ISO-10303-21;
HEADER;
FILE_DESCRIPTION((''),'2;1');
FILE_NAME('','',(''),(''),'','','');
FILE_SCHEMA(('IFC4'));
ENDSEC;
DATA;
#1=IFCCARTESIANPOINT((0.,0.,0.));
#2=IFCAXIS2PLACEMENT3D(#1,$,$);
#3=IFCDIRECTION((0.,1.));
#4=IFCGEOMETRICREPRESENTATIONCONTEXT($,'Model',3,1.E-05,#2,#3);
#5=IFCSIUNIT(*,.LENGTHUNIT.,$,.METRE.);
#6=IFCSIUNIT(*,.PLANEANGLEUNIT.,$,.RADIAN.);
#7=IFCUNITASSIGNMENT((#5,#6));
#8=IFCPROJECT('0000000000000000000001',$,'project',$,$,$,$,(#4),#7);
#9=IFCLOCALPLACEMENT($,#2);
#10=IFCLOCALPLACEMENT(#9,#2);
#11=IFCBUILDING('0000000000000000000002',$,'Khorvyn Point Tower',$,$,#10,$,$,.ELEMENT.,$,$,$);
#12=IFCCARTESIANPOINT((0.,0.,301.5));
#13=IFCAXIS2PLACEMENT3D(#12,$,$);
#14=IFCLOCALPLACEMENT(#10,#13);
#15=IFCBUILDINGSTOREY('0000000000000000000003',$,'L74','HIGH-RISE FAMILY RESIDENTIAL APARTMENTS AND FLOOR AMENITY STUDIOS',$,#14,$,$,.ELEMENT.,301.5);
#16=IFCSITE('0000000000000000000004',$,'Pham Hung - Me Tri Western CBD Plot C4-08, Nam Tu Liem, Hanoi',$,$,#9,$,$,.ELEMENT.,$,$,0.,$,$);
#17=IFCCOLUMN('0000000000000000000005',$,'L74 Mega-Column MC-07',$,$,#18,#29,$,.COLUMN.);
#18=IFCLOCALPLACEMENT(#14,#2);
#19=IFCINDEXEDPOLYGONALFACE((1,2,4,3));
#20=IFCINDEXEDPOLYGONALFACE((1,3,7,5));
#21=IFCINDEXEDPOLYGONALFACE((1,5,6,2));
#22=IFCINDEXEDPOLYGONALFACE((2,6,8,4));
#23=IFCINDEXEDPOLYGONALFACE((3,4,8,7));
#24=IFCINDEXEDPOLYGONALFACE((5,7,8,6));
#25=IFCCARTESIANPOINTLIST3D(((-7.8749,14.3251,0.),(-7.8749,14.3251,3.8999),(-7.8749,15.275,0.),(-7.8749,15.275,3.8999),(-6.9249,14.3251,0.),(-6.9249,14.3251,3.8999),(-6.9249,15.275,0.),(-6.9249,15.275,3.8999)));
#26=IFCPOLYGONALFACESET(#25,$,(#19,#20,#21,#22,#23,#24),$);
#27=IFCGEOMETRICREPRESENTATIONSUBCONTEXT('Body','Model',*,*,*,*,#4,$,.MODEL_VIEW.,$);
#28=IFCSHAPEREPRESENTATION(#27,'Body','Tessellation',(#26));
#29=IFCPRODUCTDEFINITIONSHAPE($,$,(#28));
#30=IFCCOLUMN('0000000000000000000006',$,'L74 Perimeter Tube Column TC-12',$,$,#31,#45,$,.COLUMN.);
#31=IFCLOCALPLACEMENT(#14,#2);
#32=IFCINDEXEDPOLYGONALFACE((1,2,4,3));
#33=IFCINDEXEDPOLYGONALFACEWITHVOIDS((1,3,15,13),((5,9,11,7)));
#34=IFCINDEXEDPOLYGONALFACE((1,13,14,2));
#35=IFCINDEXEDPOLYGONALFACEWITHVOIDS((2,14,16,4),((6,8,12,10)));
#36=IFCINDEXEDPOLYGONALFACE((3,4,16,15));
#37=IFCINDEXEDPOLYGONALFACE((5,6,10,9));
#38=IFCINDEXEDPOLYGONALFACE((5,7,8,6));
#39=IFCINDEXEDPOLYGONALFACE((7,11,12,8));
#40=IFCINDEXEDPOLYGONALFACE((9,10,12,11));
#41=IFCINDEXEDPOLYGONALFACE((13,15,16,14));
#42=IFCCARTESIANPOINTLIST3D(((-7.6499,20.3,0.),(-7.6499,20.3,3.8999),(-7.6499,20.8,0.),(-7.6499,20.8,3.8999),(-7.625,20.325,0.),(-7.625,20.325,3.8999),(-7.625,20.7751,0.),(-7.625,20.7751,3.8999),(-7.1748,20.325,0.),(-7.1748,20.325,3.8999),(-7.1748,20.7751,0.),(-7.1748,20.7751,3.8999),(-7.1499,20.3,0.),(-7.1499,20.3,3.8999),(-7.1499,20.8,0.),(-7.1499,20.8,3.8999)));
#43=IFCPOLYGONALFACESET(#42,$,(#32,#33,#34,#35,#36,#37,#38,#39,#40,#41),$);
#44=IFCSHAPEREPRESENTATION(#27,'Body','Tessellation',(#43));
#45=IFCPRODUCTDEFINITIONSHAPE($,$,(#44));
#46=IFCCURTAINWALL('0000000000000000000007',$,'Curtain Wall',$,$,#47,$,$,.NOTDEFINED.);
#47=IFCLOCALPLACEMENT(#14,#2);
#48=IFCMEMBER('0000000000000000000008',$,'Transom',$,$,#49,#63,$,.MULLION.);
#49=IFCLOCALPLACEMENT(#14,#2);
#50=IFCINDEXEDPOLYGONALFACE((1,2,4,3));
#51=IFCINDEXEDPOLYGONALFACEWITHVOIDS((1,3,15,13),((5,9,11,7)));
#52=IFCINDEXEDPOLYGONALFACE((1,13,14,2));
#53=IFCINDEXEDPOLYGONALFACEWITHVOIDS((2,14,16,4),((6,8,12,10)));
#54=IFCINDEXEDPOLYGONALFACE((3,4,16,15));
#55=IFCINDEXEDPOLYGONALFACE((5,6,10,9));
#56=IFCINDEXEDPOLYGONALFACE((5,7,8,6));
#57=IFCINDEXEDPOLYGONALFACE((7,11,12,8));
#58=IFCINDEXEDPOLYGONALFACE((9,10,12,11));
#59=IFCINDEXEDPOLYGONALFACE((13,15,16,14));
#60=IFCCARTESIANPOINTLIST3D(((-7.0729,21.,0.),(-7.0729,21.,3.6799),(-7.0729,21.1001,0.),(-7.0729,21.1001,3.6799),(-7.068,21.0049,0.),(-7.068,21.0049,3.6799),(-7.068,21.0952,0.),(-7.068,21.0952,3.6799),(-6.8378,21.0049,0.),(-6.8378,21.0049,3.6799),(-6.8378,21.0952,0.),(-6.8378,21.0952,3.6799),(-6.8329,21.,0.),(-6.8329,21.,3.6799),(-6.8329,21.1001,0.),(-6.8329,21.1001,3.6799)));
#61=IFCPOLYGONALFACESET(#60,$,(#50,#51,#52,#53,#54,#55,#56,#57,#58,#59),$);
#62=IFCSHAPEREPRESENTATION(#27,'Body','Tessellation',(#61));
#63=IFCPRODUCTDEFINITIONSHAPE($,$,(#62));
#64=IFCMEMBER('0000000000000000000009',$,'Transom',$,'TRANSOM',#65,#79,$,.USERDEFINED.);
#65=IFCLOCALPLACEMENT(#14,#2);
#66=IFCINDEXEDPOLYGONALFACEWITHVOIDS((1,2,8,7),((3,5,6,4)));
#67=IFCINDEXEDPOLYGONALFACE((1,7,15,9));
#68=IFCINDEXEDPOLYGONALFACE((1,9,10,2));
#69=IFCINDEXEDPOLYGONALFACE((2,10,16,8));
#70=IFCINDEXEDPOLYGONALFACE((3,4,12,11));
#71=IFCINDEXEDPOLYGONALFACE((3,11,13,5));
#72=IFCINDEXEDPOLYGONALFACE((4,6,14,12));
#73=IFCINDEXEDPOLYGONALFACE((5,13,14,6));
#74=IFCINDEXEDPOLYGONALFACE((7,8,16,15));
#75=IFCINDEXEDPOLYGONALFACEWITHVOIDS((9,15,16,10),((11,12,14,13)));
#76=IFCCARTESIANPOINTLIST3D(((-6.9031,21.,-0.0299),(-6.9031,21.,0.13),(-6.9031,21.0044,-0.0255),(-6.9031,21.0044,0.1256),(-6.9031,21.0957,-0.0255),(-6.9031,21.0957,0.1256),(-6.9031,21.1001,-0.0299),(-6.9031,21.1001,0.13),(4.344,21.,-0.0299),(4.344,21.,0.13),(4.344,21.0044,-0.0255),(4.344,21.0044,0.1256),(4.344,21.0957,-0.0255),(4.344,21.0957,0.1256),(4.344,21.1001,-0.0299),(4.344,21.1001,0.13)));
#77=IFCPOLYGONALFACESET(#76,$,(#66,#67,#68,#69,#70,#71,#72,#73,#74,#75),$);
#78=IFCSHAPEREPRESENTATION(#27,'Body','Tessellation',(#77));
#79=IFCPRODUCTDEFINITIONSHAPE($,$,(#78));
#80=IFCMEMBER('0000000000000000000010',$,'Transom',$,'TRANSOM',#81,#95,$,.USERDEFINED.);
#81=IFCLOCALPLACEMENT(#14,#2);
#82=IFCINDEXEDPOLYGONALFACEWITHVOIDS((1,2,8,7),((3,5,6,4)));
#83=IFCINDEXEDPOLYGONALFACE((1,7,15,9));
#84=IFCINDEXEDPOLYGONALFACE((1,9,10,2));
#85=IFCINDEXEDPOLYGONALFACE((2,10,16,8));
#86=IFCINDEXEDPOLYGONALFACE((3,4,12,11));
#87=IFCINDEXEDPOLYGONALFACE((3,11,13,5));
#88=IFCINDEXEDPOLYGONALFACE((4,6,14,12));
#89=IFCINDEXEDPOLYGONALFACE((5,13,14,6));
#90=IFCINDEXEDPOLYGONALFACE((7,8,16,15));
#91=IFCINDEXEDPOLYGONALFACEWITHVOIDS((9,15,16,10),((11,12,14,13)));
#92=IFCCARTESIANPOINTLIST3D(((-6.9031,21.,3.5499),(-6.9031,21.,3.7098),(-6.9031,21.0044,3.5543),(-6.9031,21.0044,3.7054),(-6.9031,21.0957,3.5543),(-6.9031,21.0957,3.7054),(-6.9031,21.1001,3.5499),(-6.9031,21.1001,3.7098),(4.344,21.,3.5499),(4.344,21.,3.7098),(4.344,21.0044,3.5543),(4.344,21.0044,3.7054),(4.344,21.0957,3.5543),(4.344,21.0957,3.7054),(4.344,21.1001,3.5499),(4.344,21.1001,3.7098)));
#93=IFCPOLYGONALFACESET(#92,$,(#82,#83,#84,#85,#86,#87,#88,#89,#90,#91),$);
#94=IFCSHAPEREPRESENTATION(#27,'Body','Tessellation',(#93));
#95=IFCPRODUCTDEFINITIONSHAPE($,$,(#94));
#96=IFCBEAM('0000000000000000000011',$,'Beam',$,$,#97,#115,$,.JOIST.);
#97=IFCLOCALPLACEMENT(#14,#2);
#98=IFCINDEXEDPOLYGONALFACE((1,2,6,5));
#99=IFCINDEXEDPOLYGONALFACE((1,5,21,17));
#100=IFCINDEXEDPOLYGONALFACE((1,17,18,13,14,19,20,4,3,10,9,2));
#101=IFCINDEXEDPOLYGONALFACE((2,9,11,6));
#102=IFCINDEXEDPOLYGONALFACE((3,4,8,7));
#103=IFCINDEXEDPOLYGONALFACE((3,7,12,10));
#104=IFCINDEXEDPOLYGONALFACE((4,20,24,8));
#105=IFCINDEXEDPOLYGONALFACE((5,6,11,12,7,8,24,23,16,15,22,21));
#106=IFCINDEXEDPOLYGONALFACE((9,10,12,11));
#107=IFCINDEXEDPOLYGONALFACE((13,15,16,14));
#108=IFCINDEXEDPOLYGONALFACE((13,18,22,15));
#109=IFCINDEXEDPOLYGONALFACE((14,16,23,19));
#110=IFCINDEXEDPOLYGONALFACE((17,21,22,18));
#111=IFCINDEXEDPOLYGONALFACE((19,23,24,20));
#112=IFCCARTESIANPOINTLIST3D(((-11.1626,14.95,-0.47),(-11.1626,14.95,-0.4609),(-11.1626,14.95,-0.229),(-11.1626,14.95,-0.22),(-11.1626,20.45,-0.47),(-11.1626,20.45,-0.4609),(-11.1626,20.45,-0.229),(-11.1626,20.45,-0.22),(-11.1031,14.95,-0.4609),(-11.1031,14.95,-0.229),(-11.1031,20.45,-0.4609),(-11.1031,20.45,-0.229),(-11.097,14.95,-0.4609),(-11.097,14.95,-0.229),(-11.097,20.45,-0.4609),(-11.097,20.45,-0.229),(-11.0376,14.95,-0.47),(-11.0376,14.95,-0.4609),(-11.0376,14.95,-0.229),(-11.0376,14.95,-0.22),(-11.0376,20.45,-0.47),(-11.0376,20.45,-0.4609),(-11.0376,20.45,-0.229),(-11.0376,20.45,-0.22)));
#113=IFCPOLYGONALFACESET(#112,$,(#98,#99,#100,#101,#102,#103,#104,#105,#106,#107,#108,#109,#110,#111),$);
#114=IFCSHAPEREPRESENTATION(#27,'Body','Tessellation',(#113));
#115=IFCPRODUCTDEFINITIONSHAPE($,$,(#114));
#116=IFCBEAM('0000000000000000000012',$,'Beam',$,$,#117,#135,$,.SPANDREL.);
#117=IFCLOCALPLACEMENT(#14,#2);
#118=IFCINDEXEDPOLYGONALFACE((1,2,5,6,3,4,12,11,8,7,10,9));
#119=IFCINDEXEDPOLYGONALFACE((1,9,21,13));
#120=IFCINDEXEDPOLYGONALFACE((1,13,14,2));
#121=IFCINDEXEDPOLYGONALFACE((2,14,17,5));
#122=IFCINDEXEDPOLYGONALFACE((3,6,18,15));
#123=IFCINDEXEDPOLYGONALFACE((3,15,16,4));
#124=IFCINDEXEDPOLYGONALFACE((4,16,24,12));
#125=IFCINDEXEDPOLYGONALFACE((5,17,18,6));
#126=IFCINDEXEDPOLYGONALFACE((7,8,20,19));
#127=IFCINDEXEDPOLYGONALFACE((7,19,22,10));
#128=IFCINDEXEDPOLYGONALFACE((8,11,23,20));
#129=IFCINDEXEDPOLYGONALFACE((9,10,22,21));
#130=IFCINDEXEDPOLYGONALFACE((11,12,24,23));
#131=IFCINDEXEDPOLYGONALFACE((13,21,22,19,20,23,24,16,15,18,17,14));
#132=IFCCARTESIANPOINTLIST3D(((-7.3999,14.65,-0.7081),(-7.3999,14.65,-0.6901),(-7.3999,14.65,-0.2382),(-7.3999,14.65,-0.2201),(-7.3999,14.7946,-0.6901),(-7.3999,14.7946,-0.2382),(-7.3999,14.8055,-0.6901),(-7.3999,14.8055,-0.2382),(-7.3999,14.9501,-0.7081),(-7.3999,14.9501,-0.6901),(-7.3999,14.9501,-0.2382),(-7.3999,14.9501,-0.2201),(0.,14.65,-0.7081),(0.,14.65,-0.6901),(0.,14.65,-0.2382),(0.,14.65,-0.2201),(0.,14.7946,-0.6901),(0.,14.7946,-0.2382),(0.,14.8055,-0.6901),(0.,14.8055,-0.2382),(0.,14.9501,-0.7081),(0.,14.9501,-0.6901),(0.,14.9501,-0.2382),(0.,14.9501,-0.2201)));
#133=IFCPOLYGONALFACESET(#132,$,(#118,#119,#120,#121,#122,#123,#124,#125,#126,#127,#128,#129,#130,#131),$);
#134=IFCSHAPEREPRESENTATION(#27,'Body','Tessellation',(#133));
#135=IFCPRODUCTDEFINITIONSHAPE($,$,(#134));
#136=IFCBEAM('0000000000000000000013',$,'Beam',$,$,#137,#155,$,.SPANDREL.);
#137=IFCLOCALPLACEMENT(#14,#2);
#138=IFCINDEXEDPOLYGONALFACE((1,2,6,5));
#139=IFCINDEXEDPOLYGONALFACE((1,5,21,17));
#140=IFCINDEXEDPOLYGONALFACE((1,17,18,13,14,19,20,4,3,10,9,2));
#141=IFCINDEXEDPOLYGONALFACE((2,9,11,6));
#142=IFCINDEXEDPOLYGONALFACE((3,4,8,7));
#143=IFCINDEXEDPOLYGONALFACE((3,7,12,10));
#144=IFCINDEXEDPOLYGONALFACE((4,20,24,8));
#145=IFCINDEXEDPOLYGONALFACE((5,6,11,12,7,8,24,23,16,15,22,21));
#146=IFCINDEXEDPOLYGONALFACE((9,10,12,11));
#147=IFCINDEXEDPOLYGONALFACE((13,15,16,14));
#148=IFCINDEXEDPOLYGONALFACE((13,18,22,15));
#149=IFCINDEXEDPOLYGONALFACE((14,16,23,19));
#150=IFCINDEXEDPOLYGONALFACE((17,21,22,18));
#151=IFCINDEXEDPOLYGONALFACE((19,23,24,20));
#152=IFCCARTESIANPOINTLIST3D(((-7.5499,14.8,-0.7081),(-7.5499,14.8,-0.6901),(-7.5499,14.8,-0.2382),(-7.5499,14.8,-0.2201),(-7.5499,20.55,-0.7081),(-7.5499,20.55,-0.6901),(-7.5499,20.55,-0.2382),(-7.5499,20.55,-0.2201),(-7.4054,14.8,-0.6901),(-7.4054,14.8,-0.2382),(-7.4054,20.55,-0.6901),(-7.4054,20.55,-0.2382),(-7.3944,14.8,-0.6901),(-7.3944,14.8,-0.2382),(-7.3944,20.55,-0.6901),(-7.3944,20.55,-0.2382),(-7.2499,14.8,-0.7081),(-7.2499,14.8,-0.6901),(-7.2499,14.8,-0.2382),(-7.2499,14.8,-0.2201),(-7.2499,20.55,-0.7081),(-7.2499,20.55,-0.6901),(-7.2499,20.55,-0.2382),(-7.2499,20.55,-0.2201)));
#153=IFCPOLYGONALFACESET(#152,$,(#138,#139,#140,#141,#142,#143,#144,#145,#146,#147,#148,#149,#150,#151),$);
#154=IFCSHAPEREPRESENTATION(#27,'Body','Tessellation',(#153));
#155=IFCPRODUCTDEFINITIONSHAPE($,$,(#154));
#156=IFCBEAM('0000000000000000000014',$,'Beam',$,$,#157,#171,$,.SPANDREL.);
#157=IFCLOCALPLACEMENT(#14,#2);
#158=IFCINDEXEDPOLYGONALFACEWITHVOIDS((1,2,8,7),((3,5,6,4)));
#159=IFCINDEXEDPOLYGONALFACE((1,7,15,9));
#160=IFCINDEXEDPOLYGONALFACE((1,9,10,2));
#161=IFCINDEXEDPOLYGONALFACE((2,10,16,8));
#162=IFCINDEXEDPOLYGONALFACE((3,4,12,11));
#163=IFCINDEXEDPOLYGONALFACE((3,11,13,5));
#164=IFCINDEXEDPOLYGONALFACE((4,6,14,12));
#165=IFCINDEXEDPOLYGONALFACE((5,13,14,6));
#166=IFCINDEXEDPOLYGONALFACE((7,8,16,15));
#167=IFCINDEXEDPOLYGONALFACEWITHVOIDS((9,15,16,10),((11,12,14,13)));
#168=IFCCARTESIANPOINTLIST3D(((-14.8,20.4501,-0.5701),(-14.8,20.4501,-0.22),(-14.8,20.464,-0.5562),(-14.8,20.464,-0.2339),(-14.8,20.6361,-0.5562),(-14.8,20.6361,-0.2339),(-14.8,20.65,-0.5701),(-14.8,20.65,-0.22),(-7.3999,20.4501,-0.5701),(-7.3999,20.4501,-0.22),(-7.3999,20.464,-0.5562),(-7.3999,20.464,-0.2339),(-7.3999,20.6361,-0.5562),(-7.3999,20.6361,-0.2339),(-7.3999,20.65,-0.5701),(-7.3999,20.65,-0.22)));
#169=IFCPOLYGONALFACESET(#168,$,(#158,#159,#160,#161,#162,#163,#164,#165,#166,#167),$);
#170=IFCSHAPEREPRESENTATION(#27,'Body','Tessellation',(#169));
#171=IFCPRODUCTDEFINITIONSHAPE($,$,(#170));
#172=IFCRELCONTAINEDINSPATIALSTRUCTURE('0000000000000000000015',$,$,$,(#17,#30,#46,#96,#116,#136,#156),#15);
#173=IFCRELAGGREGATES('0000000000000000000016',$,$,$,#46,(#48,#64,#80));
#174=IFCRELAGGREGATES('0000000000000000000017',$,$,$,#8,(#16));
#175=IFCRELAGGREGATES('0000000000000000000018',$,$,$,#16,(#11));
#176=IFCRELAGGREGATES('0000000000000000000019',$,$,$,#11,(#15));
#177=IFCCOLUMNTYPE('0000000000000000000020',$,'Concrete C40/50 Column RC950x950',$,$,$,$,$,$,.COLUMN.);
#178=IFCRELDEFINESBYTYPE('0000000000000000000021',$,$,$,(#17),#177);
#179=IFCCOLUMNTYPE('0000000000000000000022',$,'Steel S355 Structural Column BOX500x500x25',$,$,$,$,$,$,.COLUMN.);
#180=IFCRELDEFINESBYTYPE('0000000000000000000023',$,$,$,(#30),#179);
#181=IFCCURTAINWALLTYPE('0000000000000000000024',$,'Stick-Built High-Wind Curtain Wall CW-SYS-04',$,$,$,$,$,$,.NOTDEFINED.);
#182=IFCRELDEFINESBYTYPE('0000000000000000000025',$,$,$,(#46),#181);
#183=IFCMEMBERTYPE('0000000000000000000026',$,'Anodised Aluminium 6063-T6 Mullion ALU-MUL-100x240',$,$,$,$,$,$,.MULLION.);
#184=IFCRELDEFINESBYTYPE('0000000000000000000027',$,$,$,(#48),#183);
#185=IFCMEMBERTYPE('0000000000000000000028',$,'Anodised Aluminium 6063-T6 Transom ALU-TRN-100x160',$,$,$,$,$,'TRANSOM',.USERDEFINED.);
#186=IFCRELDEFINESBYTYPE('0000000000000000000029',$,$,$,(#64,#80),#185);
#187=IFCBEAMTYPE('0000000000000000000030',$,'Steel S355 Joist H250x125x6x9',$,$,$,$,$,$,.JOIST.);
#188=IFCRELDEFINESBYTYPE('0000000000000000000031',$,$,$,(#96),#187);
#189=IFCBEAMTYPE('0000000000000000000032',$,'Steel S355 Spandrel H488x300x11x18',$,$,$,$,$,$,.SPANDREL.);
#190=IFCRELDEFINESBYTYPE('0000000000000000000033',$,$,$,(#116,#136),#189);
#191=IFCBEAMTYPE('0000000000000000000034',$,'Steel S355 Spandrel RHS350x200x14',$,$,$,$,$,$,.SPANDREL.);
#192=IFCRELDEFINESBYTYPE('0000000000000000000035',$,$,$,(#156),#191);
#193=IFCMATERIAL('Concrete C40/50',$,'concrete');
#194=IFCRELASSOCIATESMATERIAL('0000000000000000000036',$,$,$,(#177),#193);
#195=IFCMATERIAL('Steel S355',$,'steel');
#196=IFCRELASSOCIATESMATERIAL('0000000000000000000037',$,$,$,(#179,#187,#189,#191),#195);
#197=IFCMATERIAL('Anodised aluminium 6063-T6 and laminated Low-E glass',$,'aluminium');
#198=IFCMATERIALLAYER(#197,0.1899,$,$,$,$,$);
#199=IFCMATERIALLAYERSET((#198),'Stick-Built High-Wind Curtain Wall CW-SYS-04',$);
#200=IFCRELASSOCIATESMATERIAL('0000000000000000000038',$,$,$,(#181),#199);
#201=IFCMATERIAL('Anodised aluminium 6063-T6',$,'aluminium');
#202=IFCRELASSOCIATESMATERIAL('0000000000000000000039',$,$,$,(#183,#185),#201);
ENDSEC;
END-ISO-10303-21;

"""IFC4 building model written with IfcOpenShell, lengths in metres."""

from ifc_helpers import new_model, si_unit, direction, frame, origin, origin_2d, place, context, subcontext, project, spatial, rectangle, hollow_rectangle, i_section, extrude, material, layer, layer_set, material_profile, profile_set, type_object, element, aggregate, save


model = new_model("IFC4")

# Units and contexts
model_context = context("Model", 3, precision=1e-05, world=origin(), true_north=direction((0.0, 1.0)))
body_context = subcontext(model_context, "Body", "Model", "MODEL_VIEW")
ifc_project = project(units=[si_unit("LENGTHUNIT", "METRE"), si_unit("PLANEANGLEUNIT", "RADIAN")], contexts=[model_context])

# Site, building, storey
site_placement = place(None, origin())
site = spatial("IfcSite", under=ifc_project, at=site_placement, Name="Pham Hung - Me Tri Western CBD Plot C4-08, Nam Tu Liem, Hanoi", CompositionType="ELEMENT", RefElevation=0.0)
building_placement = place(site_placement, origin())
building = spatial("IfcBuilding", under=site, at=building_placement, Name="Khorvyn Point Tower", CompositionType="ELEMENT")
storey_placement = place(building_placement, frame((0.0, 0.0, 301.5)))
storey = spatial("IfcBuildingStorey", under=building, at=storey_placement, Name="L74", Description="HIGH-RISE FAMILY RESIDENTIAL APARTMENTS AND FLOOR AMENITY STUDIOS", CompositionType="ELEMENT", Elevation=301.5)

# Columns
ifc_material_1 = material(Name="Concrete C40/50", Category="concrete")
ifc_material_profile_1 = material_profile(ifc_material_1, rectangle(XDim=0.95, YDim=0.95, at=origin_2d()))
ifc_profile_set_1 = profile_set([ifc_material_profile_1], Name="Concrete C40/50 RC950x950")
column_type_1 = type_object("IfcColumnType", Name="Concrete C40/50 Column RC950x950", PredefinedType="COLUMN", material=ifc_profile_set_1)
column_1_placement = place(storey_placement, frame((-7.3999, 14.8, 0.0), z_axis=(0.0, 0.0, 1.0), x_axis=(1.0, 0.0, 0.0)))
element("IfcColumn", 1, at=column_1_placement, inside=storey, type_object=column_type_1, Name="L74 Mega-Column MC-07", PredefinedType="COLUMN", context=body_context, shape_type="SweptSolid", body=[
    extrude(rectangle(XDim=0.95, YDim=0.95, at=origin_2d()), origin(), (0.0, 0.0, 1.0), 3.8999),
])
ifc_material_2 = material(Name="Steel S355", Category="steel")
ifc_material_profile_2 = material_profile(ifc_material_2, hollow_rectangle(XDim=0.5, YDim=0.5, WallThickness=0.0249, at=origin_2d()))
ifc_profile_set_2 = profile_set([ifc_material_profile_2], Name="Steel S355 BOX500x500x25")
column_type_2 = type_object("IfcColumnType", Name="Steel S355 Structural Column BOX500x500x25", PredefinedType="COLUMN", material=ifc_profile_set_2)
column_2_placement = place(storey_placement, frame((-7.3999, 20.55, 0.0), z_axis=(0.0, 0.0, 1.0), x_axis=(1.0, 0.0, 0.0)))
element("IfcColumn", 2, at=column_2_placement, inside=storey, type_object=column_type_2, Name="L74 Perimeter Tube Column TC-12", PredefinedType="COLUMN", context=body_context, shape_type="SweptSolid", body=[
    extrude(hollow_rectangle(XDim=0.5, YDim=0.5, WallThickness=0.0249, at=origin_2d()), origin(), (0.0, 0.0, 1.0), 3.8999),
])

# Curtain wall, members
ifc_material_3 = material(Name="Anodised aluminium 6063-T6 and laminated Low-E glass", Category="aluminium")
ifc_layer_1 = layer(ifc_material_3, 0.1899)
ifc_layer_set_1 = layer_set([ifc_layer_1], Name="Stick-Built High-Wind Curtain Wall CW-SYS-04")
curtain_wall_type = type_object("IfcCurtainWallType", Name="Stick-Built High-Wind Curtain Wall CW-SYS-04", PredefinedType="NOTDEFINED", material=ifc_layer_set_1)
curtain_wall_placement = place(storey_placement, origin())
curtain_wall = element("IfcCurtainWall", 3, at=curtain_wall_placement, inside=storey, type_object=curtain_wall_type, Name="Curtain Wall", PredefinedType="NOTDEFINED")
ifc_material_4 = material(Name="Anodised aluminium 6063-T6", Category="aluminium")
ifc_material_profile_3 = material_profile(ifc_material_4, hollow_rectangle(XDim=0.1001, YDim=0.24, WallThickness=0.0049, at=origin_2d()))
ifc_profile_set_3 = profile_set([ifc_material_profile_3], Name="Anodised aluminium 6063-T6 ALU-MUL-100x240")
member_type_1 = type_object("IfcMemberType", Name="Anodised Aluminium 6063-T6 Mullion ALU-MUL-100x240", PredefinedType="MULLION", material=ifc_profile_set_3)
member_1_placement = place(storey_placement, frame((-6.9529, 21.05, 0.0), z_axis=(0.0, 0.0, 1.0), x_axis=(0.0, 1.0, 0.0)))
member_1 = element("IfcMember", 4, at=member_1_placement, type_object=member_type_1, Name="Transom", PredefinedType="MULLION", context=body_context, shape_type="SweptSolid", body=[
    extrude(hollow_rectangle(XDim=0.1001, YDim=0.24, WallThickness=0.0049, at=origin_2d()), origin(), (0.0, 0.0, 1.0), 3.6799),
])
ifc_material_profile_4 = material_profile(ifc_material_4, hollow_rectangle(XDim=0.1001, YDim=0.1599, WallThickness=0.0044, at=origin_2d()))
ifc_profile_set_4 = profile_set([ifc_material_profile_4], Name="Anodised aluminium 6063-T6 ALU-TRN-100x160")
member_type_2 = type_object("IfcMemberType", Name="Anodised Aluminium 6063-T6 Transom ALU-TRN-100x160", ElementType="TRANSOM", PredefinedType="USERDEFINED", material=ifc_profile_set_4)
member_2_placement = place(storey_placement, frame((-6.9031, 21.05, 0.05), z_axis=(1.0, 0.0, 0.0), x_axis=(0.0, 1.0, 0.0)))
member_2 = element("IfcMember", 5, at=member_2_placement, type_object=member_type_2, Name="Transom", ObjectType="TRANSOM", PredefinedType="USERDEFINED", context=body_context, shape_type="SweptSolid", body=[
    extrude(hollow_rectangle(XDim=0.1001, YDim=0.1599, WallThickness=0.0044, at=origin_2d()), origin(), (0.0, 0.0, 1.0), 11.2471),
])
member_3_placement = place(storey_placement, frame((-6.9031, 21.05, 3.6299), z_axis=(1.0, 0.0, 0.0), x_axis=(0.0, 1.0, 0.0)))
member_3 = element("IfcMember", 6, at=member_3_placement, type_object=member_type_2, Name="Transom", ObjectType="TRANSOM", PredefinedType="USERDEFINED", context=body_context, shape_type="SweptSolid", body=[
    extrude(hollow_rectangle(XDim=0.1001, YDim=0.1599, WallThickness=0.0044, at=origin_2d()), origin(), (0.0, 0.0, 1.0), 11.2471),
])

# Beams
ifc_material_profile_5 = material_profile(ifc_material_2, i_section(OverallWidth=0.125, OverallDepth=0.25, WebThickness=0.0061, FlangeThickness=0.009, at=origin_2d()))
ifc_profile_set_5 = profile_set([ifc_material_profile_5], Name="Steel S355 H250x125x6x9")
beam_type_1 = type_object("IfcBeamType", Name="Steel S355 Joist H250x125x6x9", PredefinedType="JOIST", material=ifc_profile_set_5)
beam_1_placement = place(storey_placement, frame((-11.1001, 14.95, -0.345), z_axis=(0.0, 1.0, 0.0), x_axis=(-1.0, 0.0, 0.0)))
element("IfcBeam", 7, at=beam_1_placement, inside=storey, type_object=beam_type_1, Name="Beam", PredefinedType="JOIST", context=body_context, shape_type="SweptSolid", body=[
    extrude(i_section(OverallWidth=0.125, OverallDepth=0.25, WebThickness=0.0061, FlangeThickness=0.009, at=origin_2d()), origin(), (0.0, 0.0, 1.0), 5.5),
])
ifc_material_profile_6 = material_profile(ifc_material_2, i_section(OverallWidth=0.3, OverallDepth=0.488, WebThickness=0.011, FlangeThickness=0.0181, at=origin_2d()))
ifc_profile_set_6 = profile_set([ifc_material_profile_6], Name="Steel S355 H488x300x11x18")
beam_type_2 = type_object("IfcBeamType", Name="Steel S355 Spandrel H488x300x11x18", PredefinedType="SPANDREL", material=ifc_profile_set_6)
beam_2_placement = place(storey_placement, frame((-7.3999, 14.8, -0.4641), z_axis=(1.0, 0.0, 0.0), x_axis=(0.0, 1.0, 0.0)))
element("IfcBeam", 8, at=beam_2_placement, inside=storey, type_object=beam_type_2, Name="Beam", PredefinedType="SPANDREL", context=body_context, shape_type="SweptSolid", body=[
    extrude(i_section(OverallWidth=0.3, OverallDepth=0.488, WebThickness=0.011, FlangeThickness=0.0181, at=origin_2d()), origin(), (0.0, 0.0, 1.0), 7.3999),
])
beam_3_placement = place(storey_placement, frame((-7.3999, 14.8, -0.4641), z_axis=(0.0, 1.0, 0.0), x_axis=(-1.0, 0.0, 0.0)))
element("IfcBeam", 9, at=beam_3_placement, inside=storey, type_object=beam_type_2, Name="Beam", PredefinedType="SPANDREL", context=body_context, shape_type="SweptSolid", body=[
    extrude(i_section(OverallWidth=0.3, OverallDepth=0.488, WebThickness=0.011, FlangeThickness=0.0181, at=origin_2d()), origin(), (0.0, 0.0, 1.0), 5.75),
])
ifc_material_profile_7 = material_profile(ifc_material_2, hollow_rectangle(XDim=0.2, YDim=0.3501, WallThickness=0.0139, at=origin_2d()))
ifc_profile_set_7 = profile_set([ifc_material_profile_7], Name="Steel S355 RHS350x200x14")
beam_type_3 = type_object("IfcBeamType", Name="Steel S355 Spandrel RHS350x200x14", PredefinedType="SPANDREL", material=ifc_profile_set_7)
beam_4_placement = place(storey_placement, frame((-14.8, 20.55, -0.395), z_axis=(1.0, 0.0, 0.0), x_axis=(0.0, 1.0, 0.0)))
element("IfcBeam", 10, at=beam_4_placement, inside=storey, type_object=beam_type_3, Name="Beam", PredefinedType="SPANDREL", context=body_context, shape_type="SweptSolid", body=[
    extrude(hollow_rectangle(XDim=0.2, YDim=0.3501, WallThickness=0.0139, at=origin_2d()), origin(), (0.0, 0.0, 1.0), 7.4001),
])

aggregate(curtain_wall, [member_1, member_2, member_3])

save(model, "model.ifc")
